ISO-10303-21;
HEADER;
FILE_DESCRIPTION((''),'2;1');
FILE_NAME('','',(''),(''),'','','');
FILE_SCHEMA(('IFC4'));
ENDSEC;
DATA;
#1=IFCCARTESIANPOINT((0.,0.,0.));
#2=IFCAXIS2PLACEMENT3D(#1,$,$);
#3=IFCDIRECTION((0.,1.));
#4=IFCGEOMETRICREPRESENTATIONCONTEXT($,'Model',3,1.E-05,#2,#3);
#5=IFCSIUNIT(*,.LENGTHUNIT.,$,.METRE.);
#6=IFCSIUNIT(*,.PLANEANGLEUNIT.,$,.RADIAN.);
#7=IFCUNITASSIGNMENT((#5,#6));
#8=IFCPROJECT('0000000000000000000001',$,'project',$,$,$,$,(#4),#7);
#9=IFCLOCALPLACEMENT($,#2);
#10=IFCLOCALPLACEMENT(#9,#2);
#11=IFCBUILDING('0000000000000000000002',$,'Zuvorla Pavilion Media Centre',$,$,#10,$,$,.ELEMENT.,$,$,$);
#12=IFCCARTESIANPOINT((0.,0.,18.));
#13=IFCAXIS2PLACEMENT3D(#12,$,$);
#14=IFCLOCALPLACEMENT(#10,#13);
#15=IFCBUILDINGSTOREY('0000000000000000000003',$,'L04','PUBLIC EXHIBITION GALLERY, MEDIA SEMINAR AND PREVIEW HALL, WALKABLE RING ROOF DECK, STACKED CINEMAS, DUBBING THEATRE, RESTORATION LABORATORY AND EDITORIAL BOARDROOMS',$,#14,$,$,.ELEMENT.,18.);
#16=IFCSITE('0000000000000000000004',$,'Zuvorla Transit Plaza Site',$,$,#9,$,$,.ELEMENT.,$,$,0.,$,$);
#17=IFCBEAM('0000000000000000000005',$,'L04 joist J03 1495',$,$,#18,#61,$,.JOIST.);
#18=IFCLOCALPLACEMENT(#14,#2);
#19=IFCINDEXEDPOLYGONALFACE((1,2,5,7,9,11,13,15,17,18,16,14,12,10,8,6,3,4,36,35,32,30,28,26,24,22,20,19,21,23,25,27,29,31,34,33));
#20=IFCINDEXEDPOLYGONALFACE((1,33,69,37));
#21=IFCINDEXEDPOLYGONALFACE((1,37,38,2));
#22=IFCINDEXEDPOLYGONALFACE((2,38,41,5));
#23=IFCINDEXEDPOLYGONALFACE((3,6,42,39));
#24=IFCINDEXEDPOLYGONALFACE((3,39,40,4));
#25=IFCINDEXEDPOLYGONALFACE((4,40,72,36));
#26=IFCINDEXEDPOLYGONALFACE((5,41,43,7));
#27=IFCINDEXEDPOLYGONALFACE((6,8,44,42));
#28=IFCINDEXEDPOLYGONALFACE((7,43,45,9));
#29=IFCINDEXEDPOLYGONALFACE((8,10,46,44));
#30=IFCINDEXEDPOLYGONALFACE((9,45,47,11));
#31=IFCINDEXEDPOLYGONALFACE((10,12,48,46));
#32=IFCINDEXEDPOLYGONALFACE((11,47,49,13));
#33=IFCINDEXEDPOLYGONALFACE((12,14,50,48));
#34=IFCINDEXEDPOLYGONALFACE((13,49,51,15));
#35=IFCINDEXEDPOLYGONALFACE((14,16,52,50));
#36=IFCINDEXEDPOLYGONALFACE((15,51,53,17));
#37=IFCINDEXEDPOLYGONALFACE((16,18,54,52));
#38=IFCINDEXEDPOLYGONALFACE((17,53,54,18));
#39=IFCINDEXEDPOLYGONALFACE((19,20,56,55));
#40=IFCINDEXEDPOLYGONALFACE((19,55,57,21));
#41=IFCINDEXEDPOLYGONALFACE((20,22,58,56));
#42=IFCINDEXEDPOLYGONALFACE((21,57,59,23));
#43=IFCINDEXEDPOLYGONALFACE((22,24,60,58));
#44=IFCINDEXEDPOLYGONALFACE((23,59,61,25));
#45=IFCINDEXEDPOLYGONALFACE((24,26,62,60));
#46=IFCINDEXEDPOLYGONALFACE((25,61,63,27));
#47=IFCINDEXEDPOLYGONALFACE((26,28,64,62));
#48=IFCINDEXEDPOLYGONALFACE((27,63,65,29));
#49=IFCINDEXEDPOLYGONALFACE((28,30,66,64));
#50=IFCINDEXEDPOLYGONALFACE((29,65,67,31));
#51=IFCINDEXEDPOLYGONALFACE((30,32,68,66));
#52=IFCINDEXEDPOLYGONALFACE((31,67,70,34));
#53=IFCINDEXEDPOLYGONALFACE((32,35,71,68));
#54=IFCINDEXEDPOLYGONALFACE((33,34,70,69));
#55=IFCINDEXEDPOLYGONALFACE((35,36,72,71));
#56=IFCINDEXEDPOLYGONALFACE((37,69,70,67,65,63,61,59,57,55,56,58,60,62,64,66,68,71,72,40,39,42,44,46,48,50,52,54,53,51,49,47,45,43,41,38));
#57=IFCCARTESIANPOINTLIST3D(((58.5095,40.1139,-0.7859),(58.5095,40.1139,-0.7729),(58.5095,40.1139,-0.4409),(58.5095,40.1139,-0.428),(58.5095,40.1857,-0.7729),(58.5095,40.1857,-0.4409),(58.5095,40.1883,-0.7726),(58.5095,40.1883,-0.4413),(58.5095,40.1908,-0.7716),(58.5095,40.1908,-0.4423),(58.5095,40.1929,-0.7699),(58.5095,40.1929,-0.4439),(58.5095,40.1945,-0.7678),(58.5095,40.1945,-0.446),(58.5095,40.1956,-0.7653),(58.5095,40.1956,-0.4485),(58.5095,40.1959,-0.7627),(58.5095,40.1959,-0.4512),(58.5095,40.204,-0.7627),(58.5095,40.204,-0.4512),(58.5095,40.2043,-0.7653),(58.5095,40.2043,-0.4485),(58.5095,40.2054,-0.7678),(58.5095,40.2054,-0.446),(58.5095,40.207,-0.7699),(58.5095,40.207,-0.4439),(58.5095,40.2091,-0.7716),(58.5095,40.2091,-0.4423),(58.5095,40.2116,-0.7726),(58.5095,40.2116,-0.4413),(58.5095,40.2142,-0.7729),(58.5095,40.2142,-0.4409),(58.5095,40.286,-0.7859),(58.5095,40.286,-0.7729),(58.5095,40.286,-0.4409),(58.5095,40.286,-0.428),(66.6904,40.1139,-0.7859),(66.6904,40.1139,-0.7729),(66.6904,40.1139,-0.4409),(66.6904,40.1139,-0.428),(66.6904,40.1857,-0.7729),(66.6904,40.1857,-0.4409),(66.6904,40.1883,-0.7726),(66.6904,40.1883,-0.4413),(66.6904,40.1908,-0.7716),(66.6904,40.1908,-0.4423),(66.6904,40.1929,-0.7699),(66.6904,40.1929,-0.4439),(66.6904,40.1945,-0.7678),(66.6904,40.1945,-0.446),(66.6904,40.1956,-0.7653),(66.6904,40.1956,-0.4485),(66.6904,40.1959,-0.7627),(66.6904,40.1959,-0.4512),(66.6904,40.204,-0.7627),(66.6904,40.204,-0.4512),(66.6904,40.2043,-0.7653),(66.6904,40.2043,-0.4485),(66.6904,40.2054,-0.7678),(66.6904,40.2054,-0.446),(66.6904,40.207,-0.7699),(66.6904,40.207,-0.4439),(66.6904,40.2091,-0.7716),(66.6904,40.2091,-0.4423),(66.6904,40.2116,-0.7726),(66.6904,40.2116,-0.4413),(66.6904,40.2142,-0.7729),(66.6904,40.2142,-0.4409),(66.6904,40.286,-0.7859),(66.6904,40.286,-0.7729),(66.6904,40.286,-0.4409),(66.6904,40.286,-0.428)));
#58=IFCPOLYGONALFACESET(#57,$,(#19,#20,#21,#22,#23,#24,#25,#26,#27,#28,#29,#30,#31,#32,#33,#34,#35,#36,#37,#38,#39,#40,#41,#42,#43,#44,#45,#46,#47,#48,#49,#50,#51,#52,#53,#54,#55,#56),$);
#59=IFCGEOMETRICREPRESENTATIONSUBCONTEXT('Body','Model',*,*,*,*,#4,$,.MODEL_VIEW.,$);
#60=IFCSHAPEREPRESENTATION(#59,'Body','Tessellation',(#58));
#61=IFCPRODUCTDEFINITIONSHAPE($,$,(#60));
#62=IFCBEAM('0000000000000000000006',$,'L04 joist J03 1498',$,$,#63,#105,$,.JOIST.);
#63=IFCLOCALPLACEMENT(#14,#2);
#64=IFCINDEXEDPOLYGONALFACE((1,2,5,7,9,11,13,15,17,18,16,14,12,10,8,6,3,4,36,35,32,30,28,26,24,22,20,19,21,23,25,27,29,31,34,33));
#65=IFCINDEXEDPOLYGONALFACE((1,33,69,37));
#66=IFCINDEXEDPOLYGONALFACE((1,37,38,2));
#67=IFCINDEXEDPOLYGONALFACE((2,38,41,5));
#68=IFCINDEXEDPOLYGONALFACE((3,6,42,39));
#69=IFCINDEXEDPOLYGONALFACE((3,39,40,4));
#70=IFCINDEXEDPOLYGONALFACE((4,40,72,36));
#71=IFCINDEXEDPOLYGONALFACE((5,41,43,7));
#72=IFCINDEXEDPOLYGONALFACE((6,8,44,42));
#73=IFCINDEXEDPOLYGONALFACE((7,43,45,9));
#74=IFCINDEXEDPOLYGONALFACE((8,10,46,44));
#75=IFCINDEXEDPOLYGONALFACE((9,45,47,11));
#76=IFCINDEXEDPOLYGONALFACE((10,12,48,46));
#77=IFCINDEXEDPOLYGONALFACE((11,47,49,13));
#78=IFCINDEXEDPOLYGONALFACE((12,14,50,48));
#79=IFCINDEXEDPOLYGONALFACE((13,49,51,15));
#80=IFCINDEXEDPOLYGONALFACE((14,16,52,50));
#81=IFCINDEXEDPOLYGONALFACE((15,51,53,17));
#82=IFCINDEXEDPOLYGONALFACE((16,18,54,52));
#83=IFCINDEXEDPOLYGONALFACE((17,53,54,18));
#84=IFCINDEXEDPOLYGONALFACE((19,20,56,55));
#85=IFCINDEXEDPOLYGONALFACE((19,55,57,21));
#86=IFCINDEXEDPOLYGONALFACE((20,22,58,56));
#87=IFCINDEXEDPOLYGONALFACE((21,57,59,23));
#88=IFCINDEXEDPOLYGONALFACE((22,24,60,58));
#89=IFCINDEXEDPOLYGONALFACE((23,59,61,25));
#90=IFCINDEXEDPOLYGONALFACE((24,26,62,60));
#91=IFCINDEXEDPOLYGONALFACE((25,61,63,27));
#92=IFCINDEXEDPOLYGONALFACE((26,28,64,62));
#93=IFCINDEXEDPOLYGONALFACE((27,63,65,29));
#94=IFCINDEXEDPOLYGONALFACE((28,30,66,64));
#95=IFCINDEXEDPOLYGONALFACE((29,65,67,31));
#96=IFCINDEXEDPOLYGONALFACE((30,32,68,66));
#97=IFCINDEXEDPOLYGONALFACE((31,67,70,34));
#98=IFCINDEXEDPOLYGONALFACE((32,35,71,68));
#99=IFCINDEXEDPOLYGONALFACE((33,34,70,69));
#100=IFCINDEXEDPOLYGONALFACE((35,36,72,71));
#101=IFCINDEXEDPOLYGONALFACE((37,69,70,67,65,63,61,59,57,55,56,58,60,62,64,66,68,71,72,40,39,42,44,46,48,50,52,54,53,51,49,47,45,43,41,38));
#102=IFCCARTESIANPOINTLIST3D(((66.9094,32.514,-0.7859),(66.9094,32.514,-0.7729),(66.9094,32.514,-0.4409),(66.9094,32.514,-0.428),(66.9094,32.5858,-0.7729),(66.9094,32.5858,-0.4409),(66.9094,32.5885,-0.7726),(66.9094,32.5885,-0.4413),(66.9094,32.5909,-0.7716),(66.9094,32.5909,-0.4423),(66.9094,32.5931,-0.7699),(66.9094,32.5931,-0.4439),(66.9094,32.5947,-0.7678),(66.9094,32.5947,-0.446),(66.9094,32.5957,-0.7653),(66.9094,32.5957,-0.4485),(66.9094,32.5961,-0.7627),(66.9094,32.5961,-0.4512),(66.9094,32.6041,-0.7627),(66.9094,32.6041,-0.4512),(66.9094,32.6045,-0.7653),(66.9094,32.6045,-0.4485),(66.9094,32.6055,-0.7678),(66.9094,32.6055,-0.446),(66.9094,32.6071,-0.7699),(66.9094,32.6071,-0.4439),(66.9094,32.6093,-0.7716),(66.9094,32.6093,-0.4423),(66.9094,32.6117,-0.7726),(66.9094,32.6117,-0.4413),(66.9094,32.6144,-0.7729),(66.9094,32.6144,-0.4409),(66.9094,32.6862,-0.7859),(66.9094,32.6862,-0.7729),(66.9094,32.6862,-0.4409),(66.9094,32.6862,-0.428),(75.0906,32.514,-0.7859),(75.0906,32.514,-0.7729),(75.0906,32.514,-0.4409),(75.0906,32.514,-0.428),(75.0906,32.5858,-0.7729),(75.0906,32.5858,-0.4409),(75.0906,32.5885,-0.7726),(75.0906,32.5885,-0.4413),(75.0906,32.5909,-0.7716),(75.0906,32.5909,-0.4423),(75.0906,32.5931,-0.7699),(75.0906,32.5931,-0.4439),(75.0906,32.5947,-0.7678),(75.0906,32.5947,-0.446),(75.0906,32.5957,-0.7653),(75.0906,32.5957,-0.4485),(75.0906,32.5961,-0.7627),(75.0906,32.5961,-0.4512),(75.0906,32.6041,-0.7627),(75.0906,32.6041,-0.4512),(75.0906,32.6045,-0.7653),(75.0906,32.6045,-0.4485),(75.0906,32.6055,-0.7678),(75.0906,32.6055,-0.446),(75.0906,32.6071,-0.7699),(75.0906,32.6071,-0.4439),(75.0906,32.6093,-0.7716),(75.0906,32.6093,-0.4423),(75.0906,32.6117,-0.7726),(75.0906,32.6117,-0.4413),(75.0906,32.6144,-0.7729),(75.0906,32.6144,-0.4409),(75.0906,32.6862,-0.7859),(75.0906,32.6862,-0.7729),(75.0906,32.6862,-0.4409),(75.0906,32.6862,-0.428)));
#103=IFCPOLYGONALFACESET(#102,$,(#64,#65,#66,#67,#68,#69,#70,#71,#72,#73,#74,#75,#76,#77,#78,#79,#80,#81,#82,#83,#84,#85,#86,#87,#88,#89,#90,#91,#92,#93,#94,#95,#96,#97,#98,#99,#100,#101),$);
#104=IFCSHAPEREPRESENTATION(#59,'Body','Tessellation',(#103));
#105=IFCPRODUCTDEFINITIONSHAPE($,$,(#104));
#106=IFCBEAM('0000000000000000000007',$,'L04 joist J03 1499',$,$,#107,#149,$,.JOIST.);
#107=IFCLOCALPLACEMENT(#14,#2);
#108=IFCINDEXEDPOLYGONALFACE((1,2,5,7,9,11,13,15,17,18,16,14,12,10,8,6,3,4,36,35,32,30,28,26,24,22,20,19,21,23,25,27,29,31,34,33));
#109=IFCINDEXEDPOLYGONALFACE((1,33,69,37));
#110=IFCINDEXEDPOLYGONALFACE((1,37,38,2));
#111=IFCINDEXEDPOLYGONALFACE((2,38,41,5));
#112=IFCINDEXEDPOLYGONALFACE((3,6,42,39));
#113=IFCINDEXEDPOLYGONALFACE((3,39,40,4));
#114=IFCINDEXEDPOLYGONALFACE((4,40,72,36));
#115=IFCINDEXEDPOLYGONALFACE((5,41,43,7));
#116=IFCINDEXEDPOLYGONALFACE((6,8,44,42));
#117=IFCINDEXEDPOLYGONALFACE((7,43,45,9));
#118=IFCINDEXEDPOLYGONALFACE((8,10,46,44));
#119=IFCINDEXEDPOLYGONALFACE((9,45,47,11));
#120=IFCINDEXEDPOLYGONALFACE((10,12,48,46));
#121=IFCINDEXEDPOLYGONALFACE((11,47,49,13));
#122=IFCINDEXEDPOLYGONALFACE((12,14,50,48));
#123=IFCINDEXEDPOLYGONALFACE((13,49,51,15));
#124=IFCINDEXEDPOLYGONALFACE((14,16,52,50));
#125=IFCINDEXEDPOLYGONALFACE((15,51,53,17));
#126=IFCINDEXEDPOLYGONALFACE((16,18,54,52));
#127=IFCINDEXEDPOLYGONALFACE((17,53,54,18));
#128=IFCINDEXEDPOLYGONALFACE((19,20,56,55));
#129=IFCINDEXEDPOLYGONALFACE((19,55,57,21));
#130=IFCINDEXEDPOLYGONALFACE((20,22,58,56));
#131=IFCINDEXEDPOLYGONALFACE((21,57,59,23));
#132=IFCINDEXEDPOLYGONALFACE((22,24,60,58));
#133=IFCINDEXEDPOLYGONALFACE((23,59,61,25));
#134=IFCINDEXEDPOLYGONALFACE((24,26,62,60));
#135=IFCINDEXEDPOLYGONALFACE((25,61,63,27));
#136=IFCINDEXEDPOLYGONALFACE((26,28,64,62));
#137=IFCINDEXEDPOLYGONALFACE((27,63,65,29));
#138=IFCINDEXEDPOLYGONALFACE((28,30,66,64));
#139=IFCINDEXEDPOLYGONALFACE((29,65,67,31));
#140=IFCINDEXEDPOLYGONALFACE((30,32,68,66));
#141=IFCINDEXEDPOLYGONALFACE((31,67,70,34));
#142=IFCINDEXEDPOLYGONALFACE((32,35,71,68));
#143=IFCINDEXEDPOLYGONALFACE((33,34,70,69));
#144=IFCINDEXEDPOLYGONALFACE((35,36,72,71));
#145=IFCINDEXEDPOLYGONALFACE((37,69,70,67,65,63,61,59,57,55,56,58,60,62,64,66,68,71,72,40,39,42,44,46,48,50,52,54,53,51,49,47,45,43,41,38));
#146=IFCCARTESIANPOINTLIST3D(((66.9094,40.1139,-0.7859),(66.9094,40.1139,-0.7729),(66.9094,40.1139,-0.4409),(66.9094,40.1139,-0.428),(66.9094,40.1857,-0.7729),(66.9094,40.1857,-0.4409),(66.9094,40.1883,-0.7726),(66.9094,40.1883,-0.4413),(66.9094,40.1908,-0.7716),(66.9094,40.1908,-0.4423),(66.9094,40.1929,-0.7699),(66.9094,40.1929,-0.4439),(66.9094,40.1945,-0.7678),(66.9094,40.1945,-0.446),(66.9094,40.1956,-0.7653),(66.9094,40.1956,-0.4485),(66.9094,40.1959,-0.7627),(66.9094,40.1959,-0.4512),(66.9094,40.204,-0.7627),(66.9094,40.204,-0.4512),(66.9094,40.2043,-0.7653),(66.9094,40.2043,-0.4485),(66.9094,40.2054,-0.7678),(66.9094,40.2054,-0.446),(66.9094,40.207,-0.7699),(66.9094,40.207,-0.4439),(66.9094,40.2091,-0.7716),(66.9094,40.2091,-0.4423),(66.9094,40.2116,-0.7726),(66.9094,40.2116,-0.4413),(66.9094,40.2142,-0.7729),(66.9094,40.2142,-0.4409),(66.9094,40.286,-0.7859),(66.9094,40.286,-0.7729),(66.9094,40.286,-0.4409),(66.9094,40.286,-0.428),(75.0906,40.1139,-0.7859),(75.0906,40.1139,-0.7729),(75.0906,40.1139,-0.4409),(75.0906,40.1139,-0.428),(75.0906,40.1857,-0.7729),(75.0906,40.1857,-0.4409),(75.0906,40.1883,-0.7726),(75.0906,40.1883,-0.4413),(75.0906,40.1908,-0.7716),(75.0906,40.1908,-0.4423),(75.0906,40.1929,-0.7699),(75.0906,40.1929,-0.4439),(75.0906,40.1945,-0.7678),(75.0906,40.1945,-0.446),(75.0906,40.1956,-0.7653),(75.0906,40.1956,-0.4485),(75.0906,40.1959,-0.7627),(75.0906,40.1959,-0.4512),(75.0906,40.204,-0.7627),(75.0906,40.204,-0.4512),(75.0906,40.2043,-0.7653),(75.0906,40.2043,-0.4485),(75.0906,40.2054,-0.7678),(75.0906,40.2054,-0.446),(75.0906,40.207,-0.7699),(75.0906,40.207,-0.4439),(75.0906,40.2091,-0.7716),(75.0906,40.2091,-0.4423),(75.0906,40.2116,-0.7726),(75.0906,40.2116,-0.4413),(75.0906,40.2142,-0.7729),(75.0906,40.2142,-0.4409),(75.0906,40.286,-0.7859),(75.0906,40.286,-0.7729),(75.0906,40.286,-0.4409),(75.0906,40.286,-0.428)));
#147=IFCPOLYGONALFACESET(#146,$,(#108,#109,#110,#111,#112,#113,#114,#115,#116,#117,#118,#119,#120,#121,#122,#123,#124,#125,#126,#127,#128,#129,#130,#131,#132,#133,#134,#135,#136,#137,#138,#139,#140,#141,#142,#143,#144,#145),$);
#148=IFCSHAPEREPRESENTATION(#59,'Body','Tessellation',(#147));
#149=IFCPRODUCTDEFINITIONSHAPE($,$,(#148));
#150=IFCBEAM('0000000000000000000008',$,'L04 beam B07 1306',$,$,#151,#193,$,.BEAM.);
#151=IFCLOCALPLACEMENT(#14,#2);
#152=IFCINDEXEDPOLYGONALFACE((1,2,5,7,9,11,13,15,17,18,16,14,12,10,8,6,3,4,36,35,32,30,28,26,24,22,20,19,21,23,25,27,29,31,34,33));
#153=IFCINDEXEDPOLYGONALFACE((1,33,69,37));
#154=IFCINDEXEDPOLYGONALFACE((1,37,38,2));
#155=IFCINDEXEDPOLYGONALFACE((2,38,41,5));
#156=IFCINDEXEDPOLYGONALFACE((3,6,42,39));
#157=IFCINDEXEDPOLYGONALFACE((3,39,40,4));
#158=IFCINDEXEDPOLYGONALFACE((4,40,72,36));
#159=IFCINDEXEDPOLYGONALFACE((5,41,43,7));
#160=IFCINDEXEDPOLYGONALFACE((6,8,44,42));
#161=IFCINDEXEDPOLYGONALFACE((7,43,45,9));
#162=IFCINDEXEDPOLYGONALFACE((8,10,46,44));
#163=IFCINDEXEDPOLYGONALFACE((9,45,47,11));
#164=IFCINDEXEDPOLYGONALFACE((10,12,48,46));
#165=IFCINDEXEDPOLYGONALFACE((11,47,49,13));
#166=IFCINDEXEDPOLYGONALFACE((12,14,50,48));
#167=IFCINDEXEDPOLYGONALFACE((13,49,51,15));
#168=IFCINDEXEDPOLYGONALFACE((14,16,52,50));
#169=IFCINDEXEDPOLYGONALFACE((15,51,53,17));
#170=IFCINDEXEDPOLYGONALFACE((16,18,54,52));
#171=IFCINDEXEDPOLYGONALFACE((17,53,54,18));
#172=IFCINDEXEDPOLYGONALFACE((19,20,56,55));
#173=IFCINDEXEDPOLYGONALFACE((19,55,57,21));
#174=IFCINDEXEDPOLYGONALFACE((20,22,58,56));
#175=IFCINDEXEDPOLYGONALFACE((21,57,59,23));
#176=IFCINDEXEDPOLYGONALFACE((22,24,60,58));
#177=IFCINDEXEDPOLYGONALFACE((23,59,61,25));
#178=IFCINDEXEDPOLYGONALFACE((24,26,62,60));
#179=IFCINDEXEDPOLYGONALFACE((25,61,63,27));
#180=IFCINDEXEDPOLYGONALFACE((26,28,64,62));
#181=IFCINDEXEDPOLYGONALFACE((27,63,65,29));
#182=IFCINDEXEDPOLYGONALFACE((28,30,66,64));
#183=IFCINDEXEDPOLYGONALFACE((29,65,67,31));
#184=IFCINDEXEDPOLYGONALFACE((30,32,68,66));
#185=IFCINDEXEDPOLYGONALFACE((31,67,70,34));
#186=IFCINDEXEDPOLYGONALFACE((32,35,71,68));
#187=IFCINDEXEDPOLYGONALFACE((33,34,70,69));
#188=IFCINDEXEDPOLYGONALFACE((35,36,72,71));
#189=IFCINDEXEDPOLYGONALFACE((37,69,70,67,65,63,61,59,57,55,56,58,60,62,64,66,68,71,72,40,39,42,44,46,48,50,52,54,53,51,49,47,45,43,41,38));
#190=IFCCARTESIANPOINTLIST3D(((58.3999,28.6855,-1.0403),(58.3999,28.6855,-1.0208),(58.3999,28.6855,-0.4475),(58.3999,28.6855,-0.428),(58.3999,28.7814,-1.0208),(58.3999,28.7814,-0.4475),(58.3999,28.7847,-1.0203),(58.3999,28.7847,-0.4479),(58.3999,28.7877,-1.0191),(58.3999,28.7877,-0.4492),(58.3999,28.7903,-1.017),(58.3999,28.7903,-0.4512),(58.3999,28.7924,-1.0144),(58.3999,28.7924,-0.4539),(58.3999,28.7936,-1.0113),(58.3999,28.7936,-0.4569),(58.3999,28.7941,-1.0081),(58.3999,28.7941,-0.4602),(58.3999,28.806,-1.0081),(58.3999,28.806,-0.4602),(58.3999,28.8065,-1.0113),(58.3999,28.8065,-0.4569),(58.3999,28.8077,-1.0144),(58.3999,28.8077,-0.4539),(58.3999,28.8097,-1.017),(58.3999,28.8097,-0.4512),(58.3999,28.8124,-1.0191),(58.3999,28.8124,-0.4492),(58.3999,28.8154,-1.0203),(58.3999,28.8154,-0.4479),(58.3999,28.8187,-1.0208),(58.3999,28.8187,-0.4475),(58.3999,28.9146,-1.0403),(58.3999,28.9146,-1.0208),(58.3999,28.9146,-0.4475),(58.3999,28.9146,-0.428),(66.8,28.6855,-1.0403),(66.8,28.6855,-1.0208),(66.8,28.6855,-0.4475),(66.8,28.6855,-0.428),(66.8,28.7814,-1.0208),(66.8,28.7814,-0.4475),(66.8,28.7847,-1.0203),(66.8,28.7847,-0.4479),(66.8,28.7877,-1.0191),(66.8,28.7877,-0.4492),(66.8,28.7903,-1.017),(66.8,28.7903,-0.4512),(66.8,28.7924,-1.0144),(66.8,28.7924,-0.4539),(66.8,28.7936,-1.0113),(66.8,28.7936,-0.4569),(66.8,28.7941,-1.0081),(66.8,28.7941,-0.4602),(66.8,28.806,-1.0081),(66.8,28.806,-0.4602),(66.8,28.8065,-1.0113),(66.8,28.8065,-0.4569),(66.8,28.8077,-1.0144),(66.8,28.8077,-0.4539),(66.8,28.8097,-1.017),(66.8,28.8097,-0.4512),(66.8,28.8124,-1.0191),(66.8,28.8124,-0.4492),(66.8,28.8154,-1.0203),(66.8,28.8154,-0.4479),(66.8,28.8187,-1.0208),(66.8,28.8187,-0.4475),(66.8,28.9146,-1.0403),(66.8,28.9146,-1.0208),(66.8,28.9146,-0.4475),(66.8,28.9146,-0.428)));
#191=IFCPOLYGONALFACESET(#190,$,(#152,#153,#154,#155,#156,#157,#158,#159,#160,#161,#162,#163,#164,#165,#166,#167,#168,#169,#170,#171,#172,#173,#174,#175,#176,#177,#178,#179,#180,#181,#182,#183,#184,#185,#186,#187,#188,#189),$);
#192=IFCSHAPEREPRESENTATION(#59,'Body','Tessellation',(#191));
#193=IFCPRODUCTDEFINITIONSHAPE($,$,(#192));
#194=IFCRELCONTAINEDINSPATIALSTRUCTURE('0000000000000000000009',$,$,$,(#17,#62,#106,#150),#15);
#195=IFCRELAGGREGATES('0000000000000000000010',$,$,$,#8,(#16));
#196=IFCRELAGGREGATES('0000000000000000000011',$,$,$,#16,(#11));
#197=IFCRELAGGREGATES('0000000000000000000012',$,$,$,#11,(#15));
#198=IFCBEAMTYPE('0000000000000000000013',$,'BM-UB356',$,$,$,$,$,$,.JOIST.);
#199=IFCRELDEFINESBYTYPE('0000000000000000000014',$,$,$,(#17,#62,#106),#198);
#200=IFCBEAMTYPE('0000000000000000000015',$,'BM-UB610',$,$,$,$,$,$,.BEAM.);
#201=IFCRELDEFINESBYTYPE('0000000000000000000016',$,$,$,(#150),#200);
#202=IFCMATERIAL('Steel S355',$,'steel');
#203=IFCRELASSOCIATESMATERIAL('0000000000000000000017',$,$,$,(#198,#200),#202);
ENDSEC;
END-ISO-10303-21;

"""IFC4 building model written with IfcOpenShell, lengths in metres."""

from ifc_helpers import new_model, si_unit, direction, frame, origin, origin_2d, place, context, subcontext, project, spatial, i_section, extrude, material, material_profile, profile_set, type_object, element, save


model = new_model("IFC4")

# Units and contexts
model_context = context("Model", 3, precision=1e-05, world=origin(), true_north=direction((0.0, 1.0)))
body_context = subcontext(model_context, "Body", "Model", "MODEL_VIEW")
ifc_project = project(units=[si_unit("LENGTHUNIT", "METRE"), si_unit("PLANEANGLEUNIT", "RADIAN")], contexts=[model_context])

# Site, building, storey
site_placement = place(None, origin())
site = spatial("IfcSite", under=ifc_project, at=site_placement, Name="Zuvorla Transit Plaza Site", CompositionType="ELEMENT", RefElevation=0.0)
building_placement = place(site_placement, origin())
building = spatial("IfcBuilding", under=site, at=building_placement, Name="Zuvorla Pavilion Media Centre", CompositionType="ELEMENT")
storey_placement = place(building_placement, frame((0.0, 0.0, 18.0)))
storey = spatial("IfcBuildingStorey", under=building, at=storey_placement, Name="L04", Description="PUBLIC EXHIBITION GALLERY, MEDIA SEMINAR AND PREVIEW HALL, WALKABLE RING ROOF DECK, STACKED CINEMAS, DUBBING THEATRE, RESTORATION LABORATORY AND EDITORIAL BOARDROOMS", CompositionType="ELEMENT", Elevation=18.0)

# Beams
ifc_material_1 = material(Name="Steel S355", Category="steel")
ifc_material_profile_1 = material_profile(ifc_material_1, i_section(OverallWidth=0.1721, OverallDepth=0.3579, WebThickness=0.0081, FlangeThickness=0.0129, FilletRadius=0.0103, at=origin_2d()), Name="UB 356x171x57")
ifc_profile_set_1 = profile_set([ifc_material_profile_1], Name="Steel S355")
beam_type_1 = type_object("IfcBeamType", Name="BM-UB356", PredefinedType="JOIST", material=ifc_profile_set_1)
for number, where, z_axis, x_axis, name in (
    (1, (58.5095, 40.2, -0.6069), (1.0, 0.0, 0.0), (0.0, 1.0, 0.0), "L04 joist J03 1495"),
):
    element("IfcBeam", number, at=place(storey_placement, frame(where, z_axis=z_axis, x_axis=x_axis)), inside=storey, type_object=beam_type_1, Name=name, PredefinedType="JOIST", context=body_context, shape_type="SweptSolid", body=[
        extrude(i_section(OverallWidth=0.1721, OverallDepth=0.3579, WebThickness=0.0081, FlangeThickness=0.0129, FilletRadius=0.0103, at=origin_2d()), origin(), (0.0, 0.0, 1.0), 8.1809),
    ])
for number, where, z_axis, x_axis, name in (
    (2, (66.9094, 32.6001, -0.6069), (1.0, 0.0, 0.0), (0.0, 1.0, 0.0), "L04 joist J03 1498"),
    (3, (66.9094, 40.2, -0.6069), (1.0, 0.0, 0.0), (0.0, 1.0, 0.0), "L04 joist J03 1499"),
):
    element("IfcBeam", number, at=place(storey_placement, frame(where, z_axis=z_axis, x_axis=x_axis)), inside=storey, type_object=beam_type_1, Name=name, PredefinedType="JOIST", context=body_context, shape_type="SweptSolid", body=[
        extrude(i_section(OverallWidth=0.1721, OverallDepth=0.3579, WebThickness=0.0081, FlangeThickness=0.0129, FilletRadius=0.0103, at=origin_2d()), origin(), (0.0, 0.0, 1.0), 8.1812),
    ])
ifc_material_profile_2 = material_profile(ifc_material_1, i_section(OverallWidth=0.229, OverallDepth=0.6123, WebThickness=0.012, FlangeThickness=0.0195, FilletRadius=0.0127, at=origin_2d()), Name="UB 610x229x125")
ifc_profile_set_2 = profile_set([ifc_material_profile_2], Name="Steel S355")
beam_type_2 = type_object("IfcBeamType", Name="BM-UB610", PredefinedType="BEAM", material=ifc_profile_set_2)
beam_1_placement = place(storey_placement, frame((58.3999, 28.8, -0.7341), z_axis=(1.0, 0.0, 0.0), x_axis=(0.0, 1.0, 0.0)))
element("IfcBeam", 4, at=beam_1_placement, inside=storey, type_object=beam_type_2, Name="L04 beam B07 1306", PredefinedType="BEAM", context=body_context, shape_type="SweptSolid", body=[
    extrude(i_section(OverallWidth=0.229, OverallDepth=0.6123, WebThickness=0.012, FlangeThickness=0.0195, FilletRadius=0.0127, at=origin_2d()), origin(), (0.0, 0.0, 1.0), 8.4001),
])

save(model, "model.ifc")
